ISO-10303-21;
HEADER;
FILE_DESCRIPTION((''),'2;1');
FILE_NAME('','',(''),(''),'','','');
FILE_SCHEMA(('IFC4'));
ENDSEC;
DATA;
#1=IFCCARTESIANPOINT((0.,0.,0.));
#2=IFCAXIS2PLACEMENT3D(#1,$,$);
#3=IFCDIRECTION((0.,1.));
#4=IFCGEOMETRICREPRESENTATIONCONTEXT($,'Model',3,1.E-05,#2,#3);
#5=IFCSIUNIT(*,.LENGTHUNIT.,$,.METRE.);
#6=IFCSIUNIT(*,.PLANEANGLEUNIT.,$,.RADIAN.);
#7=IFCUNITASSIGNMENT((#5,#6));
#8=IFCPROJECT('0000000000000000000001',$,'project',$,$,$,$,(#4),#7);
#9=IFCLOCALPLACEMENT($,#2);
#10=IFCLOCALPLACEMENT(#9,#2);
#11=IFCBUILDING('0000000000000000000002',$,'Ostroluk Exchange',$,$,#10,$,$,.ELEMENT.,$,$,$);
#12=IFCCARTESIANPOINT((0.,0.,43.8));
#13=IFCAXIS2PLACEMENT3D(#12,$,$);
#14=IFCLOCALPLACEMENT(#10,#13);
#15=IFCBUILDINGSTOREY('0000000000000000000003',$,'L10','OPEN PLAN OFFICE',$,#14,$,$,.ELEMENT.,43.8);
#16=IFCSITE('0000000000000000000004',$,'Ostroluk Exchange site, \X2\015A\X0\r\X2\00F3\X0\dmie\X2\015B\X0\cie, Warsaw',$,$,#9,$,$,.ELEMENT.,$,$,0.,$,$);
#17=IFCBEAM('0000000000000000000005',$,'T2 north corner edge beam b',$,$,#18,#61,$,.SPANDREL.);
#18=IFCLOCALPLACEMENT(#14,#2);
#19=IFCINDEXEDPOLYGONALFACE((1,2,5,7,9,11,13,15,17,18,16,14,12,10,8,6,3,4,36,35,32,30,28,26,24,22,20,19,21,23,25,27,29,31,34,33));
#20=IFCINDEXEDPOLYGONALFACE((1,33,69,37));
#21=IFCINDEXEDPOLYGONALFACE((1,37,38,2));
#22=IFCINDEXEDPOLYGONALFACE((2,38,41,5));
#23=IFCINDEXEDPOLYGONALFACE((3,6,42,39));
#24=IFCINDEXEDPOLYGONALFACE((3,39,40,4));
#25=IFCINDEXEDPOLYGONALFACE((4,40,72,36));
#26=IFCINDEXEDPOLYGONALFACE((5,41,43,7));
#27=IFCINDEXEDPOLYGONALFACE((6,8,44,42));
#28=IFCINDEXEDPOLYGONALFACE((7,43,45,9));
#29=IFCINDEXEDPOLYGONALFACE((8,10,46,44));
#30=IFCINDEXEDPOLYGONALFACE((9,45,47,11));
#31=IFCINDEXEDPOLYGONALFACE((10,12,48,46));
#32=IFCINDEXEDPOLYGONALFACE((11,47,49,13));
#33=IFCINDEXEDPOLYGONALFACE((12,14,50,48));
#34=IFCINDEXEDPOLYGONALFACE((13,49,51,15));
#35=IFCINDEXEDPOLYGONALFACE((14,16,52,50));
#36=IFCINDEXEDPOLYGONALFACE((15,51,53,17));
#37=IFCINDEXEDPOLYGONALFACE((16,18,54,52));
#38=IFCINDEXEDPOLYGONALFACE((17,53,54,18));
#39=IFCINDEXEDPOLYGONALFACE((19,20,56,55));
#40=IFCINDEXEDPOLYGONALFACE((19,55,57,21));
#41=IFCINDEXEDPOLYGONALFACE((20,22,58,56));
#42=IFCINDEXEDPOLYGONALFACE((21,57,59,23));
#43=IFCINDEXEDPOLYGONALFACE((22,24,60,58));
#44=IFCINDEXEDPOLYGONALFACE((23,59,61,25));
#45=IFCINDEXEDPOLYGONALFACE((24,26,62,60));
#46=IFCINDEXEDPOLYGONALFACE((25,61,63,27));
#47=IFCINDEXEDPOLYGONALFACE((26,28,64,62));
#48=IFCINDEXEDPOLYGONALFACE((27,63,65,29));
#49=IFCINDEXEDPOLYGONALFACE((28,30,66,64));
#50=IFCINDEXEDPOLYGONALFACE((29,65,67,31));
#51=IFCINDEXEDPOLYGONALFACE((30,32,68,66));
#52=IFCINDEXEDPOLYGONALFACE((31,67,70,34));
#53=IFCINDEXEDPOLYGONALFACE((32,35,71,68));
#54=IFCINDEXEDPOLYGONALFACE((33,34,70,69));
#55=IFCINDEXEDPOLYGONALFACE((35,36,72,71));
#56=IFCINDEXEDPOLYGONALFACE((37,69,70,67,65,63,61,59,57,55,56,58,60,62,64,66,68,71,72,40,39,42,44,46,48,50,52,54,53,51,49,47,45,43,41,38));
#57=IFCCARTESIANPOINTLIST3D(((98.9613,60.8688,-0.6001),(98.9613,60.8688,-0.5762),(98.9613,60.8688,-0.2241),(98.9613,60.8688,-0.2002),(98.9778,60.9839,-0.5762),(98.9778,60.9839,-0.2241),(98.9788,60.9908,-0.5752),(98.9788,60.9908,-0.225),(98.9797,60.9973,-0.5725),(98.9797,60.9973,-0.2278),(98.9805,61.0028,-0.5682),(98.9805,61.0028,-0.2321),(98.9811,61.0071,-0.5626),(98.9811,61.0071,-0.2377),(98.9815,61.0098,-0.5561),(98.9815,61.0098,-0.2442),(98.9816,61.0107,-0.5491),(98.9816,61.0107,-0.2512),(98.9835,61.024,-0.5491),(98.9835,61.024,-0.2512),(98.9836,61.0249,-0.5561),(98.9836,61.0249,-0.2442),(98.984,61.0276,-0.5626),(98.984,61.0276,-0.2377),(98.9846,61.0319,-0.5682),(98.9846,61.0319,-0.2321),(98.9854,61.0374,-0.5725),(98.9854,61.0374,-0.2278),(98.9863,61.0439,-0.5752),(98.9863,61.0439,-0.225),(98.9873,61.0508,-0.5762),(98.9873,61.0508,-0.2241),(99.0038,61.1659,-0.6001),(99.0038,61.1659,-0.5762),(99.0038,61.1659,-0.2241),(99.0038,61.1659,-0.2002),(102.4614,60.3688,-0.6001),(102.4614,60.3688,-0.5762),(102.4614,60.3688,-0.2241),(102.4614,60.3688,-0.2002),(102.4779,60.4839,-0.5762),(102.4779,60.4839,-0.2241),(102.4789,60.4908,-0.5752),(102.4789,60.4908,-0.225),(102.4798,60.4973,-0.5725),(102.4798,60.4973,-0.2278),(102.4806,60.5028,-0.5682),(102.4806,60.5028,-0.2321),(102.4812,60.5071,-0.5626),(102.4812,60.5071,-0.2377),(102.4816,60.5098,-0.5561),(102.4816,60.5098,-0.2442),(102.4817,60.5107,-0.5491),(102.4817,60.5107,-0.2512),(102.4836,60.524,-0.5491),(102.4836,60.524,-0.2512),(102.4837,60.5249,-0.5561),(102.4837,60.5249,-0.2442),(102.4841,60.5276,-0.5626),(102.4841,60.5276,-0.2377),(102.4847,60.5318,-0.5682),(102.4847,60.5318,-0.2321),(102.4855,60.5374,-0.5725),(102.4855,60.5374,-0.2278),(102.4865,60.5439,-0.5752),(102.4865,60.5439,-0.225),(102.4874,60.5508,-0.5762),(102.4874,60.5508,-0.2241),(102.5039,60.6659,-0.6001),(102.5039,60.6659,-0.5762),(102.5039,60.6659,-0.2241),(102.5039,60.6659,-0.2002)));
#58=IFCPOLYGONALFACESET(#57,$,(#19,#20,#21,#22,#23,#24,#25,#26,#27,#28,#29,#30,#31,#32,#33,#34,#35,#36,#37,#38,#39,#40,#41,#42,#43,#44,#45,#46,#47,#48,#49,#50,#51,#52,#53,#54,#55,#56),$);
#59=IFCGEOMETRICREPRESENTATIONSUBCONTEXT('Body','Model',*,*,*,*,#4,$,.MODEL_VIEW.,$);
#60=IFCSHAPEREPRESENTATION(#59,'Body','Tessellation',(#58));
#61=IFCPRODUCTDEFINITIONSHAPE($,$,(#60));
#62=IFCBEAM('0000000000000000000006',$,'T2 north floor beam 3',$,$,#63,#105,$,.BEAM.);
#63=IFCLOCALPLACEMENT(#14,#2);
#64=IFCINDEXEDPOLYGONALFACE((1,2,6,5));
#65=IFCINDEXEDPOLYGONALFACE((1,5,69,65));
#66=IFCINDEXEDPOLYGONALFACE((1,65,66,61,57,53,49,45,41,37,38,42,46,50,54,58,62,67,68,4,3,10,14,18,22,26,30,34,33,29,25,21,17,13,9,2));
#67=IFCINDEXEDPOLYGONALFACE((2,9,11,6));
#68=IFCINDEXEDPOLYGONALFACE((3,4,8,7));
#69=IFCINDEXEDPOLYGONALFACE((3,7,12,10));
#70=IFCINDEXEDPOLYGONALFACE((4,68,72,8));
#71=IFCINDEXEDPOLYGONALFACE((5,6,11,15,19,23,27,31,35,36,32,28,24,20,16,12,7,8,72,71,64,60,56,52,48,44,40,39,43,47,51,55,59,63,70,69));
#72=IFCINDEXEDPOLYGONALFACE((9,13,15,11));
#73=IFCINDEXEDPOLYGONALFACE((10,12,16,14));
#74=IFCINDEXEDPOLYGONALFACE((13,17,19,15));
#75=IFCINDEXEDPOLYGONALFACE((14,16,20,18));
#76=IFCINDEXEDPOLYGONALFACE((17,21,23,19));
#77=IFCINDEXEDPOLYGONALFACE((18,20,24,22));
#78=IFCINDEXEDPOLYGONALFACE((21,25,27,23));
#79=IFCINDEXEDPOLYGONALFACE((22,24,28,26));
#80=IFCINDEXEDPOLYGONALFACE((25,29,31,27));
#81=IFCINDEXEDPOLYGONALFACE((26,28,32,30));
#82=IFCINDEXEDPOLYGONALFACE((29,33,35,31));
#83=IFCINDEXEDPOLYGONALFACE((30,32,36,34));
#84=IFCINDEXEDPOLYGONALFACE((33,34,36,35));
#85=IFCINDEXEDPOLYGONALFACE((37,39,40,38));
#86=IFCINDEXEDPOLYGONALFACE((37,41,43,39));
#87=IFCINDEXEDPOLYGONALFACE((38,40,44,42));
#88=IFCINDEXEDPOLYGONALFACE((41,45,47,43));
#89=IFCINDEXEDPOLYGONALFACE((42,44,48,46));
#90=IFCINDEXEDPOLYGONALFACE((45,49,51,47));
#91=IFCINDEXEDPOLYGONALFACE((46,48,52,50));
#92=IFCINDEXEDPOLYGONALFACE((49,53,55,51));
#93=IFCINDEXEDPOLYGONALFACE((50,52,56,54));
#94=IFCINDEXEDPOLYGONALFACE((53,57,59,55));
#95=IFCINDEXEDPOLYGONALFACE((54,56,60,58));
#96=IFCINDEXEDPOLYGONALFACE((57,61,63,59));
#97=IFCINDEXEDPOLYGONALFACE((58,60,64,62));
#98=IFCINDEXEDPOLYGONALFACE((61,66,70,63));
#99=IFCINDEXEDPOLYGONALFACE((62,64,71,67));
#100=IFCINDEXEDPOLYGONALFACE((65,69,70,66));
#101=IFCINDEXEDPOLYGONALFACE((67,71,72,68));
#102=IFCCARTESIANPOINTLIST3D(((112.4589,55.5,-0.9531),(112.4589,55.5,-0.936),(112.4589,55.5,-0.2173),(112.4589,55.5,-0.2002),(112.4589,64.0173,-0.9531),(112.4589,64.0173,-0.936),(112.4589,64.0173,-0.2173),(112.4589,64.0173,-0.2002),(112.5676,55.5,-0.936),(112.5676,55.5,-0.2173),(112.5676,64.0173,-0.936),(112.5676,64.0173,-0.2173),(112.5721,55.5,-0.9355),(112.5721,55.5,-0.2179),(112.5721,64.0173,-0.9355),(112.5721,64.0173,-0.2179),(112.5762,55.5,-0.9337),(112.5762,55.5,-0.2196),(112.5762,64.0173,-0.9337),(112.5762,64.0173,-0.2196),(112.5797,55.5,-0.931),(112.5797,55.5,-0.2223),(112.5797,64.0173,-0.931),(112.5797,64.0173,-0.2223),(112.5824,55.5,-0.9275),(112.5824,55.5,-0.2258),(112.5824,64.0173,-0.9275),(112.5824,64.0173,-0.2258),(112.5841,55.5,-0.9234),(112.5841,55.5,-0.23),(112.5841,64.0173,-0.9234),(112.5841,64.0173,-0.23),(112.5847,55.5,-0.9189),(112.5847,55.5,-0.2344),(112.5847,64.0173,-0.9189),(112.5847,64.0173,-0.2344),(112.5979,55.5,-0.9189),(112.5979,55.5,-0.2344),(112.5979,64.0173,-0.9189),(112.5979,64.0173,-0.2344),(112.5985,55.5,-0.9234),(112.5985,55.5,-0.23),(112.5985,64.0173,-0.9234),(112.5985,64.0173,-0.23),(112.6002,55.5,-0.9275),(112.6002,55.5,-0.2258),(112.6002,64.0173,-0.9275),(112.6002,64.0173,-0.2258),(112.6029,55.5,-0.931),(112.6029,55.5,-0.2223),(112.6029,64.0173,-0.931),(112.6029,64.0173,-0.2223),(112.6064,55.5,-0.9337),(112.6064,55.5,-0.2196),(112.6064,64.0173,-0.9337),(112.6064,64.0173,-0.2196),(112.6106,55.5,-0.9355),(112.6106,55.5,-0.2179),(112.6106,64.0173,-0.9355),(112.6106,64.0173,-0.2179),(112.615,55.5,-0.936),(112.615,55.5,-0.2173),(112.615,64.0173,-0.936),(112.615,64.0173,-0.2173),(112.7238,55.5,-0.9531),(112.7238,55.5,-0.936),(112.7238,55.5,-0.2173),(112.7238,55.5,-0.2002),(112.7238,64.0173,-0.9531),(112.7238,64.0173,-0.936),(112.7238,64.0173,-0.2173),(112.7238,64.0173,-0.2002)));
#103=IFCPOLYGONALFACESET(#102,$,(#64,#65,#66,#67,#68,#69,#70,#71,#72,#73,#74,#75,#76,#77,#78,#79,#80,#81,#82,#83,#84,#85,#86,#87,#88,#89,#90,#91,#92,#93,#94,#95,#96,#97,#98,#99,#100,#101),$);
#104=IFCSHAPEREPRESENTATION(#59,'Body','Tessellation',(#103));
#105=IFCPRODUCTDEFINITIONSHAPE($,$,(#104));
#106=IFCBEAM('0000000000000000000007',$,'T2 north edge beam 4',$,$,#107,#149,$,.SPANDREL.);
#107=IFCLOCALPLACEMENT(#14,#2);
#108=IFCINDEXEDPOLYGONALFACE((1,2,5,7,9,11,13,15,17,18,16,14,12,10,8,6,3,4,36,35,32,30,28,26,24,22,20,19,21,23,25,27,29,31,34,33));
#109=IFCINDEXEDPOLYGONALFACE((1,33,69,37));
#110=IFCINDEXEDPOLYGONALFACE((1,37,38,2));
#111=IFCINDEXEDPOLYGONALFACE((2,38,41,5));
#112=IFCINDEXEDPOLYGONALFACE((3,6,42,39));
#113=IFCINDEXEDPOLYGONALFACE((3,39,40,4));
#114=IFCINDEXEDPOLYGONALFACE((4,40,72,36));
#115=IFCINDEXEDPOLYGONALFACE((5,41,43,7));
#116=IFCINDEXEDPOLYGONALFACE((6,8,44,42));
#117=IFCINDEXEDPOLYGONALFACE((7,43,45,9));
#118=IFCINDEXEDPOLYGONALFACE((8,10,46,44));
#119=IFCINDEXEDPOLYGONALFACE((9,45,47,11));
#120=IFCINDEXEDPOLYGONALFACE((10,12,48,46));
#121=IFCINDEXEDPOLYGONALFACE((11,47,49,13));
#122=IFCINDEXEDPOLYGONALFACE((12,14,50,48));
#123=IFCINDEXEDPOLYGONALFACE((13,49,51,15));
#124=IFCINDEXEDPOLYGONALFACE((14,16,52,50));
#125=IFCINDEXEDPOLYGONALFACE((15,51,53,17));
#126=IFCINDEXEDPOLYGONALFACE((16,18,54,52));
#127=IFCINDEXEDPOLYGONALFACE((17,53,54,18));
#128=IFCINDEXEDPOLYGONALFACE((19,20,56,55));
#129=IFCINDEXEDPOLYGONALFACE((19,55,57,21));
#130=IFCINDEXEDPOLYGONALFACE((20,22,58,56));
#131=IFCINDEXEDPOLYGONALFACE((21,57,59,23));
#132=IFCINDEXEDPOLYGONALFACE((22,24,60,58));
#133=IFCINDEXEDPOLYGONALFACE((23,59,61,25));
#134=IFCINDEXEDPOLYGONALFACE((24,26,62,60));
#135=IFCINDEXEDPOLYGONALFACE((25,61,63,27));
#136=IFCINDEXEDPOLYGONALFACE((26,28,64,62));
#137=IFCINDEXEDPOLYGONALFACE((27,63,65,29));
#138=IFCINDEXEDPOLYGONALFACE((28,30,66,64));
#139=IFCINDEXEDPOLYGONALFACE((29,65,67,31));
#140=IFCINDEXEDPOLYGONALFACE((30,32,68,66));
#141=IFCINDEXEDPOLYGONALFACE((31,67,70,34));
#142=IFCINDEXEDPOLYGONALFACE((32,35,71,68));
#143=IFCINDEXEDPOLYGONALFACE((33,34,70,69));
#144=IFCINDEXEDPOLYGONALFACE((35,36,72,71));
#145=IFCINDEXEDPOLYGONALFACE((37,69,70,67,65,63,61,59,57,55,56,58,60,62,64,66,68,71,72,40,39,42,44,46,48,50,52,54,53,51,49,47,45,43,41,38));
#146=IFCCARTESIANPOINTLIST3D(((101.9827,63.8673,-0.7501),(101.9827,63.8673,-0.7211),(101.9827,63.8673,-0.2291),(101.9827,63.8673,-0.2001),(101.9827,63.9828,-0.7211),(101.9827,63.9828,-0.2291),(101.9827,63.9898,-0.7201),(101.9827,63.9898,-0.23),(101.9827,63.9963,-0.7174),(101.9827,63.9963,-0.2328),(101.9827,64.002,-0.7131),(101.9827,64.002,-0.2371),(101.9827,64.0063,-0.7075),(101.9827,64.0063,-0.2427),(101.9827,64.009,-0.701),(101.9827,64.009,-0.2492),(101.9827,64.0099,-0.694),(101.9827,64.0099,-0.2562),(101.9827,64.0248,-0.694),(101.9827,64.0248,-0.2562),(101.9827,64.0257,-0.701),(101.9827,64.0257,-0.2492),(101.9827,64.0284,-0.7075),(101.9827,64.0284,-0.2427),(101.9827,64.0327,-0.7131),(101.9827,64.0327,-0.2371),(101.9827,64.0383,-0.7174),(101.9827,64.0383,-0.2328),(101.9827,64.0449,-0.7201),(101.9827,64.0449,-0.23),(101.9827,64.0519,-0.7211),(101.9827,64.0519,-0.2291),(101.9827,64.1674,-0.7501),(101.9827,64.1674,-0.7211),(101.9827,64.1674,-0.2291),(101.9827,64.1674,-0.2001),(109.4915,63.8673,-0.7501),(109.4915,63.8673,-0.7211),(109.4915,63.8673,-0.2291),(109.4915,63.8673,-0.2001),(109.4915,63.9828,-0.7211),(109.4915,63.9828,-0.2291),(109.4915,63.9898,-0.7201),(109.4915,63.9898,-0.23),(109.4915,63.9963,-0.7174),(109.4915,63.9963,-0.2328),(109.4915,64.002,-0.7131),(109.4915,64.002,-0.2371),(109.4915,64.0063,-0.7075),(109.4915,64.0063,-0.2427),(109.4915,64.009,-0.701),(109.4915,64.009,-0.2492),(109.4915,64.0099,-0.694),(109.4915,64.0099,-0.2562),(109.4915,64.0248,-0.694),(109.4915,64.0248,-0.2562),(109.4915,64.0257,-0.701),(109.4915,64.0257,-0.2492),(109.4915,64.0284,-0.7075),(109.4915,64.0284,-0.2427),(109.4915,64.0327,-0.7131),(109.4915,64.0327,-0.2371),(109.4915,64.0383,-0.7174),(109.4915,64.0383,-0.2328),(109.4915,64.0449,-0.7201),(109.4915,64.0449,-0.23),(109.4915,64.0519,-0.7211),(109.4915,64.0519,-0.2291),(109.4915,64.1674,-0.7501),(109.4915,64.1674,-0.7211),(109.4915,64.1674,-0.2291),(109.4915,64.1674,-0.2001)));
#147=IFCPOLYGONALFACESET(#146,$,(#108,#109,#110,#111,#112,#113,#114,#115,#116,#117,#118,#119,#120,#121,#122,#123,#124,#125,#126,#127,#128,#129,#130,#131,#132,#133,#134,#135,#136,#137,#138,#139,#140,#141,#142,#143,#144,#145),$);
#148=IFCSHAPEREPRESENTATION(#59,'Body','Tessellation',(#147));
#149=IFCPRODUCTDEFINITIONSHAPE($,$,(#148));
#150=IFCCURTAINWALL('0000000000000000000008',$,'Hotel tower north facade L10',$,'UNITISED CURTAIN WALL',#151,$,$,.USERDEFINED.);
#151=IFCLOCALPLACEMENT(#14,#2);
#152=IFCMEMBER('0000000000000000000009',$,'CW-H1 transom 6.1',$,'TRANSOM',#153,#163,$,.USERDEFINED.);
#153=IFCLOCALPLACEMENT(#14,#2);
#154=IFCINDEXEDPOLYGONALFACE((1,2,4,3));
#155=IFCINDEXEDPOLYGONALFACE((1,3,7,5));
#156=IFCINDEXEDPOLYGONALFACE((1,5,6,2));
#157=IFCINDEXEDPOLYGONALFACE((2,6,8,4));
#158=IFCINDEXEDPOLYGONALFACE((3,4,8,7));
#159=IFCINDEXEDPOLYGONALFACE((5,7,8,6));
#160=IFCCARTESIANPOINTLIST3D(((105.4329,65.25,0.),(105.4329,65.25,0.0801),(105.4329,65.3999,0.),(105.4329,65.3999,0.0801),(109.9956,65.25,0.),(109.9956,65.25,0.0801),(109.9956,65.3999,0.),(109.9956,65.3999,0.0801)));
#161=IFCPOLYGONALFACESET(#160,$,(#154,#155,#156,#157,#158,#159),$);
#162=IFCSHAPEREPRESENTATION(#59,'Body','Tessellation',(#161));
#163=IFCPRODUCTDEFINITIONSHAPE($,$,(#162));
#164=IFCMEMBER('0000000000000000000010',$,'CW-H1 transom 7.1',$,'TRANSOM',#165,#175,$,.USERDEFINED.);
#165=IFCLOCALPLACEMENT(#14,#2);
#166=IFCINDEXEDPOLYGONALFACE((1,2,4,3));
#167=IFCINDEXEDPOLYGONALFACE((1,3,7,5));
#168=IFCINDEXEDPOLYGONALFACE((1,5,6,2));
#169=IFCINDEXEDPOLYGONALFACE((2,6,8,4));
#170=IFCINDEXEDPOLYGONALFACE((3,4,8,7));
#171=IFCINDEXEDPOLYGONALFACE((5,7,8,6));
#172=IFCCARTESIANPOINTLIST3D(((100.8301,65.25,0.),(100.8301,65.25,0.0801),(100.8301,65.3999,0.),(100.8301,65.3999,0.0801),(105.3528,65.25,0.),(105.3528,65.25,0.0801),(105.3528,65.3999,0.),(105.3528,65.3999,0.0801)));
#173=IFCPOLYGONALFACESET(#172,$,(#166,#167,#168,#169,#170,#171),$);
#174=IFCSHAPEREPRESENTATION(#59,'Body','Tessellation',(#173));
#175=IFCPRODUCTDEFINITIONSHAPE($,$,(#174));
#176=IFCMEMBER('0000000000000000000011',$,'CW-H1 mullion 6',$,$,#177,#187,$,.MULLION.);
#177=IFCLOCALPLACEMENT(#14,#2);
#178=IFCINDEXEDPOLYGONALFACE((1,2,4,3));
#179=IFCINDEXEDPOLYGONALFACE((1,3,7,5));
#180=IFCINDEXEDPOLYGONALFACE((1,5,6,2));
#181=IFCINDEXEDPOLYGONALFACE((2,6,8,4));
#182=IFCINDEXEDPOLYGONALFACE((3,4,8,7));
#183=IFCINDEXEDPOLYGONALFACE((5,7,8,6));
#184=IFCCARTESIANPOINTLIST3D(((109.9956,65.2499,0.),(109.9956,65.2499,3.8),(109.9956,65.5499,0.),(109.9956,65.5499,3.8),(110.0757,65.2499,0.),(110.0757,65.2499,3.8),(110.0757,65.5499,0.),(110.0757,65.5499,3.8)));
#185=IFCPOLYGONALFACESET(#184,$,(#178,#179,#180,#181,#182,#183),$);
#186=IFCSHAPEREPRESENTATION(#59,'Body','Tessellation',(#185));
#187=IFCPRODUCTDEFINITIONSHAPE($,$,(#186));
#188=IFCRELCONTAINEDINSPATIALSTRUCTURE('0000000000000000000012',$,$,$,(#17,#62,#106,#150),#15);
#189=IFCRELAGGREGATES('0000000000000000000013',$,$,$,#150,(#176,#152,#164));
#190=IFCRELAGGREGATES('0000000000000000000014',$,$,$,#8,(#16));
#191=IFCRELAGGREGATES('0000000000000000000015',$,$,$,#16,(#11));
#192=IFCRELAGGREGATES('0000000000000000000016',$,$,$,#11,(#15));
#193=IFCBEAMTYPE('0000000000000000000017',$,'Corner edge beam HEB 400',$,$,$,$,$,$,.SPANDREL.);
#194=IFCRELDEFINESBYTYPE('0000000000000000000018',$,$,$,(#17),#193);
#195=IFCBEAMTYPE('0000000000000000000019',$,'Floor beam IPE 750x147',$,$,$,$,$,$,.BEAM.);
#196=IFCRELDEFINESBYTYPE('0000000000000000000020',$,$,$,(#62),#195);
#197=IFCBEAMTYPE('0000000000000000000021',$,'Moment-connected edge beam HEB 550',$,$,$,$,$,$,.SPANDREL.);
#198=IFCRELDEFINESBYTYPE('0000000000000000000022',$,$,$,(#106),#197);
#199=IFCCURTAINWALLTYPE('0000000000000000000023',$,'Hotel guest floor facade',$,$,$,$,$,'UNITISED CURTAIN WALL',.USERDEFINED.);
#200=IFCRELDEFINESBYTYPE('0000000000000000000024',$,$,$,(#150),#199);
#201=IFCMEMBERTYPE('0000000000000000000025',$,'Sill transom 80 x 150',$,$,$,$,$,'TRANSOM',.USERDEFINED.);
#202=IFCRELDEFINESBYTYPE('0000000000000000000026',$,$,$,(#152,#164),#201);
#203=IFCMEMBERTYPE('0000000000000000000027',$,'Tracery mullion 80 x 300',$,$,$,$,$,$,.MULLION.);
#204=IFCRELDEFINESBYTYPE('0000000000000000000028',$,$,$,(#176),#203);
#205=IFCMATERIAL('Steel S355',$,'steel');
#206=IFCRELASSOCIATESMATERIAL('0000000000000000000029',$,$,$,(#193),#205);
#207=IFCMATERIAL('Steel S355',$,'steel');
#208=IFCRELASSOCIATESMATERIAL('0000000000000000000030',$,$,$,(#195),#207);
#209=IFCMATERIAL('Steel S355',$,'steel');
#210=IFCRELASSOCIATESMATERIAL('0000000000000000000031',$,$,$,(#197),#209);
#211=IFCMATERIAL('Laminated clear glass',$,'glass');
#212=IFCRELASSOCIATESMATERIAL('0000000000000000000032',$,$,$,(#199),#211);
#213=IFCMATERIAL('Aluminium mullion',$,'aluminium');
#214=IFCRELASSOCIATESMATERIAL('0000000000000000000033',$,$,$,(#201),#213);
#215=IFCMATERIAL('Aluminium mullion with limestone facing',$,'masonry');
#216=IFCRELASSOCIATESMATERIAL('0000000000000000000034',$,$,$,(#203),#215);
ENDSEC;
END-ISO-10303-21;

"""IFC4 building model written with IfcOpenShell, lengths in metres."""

from ifc_helpers import new_model, si_unit, direction, frame, origin, origin_2d, place, context, subcontext, project, spatial, rectangle, i_section, extrude, material, material_profile, profile_set, type_object, element, aggregate, save


model = new_model("IFC4")

# Units and contexts
model_context = context("Model", 3, precision=1e-05, world=origin(), true_north=direction((0.0, 1.0)))
body_context = subcontext(model_context, "Body", "Model", "MODEL_VIEW")
ifc_project = project(units=[si_unit("LENGTHUNIT", "METRE"), si_unit("PLANEANGLEUNIT", "RADIAN")], contexts=[model_context])

# Site, building, storey
site_placement = place(None, origin())
site = spatial("IfcSite", under=ifc_project, at=site_placement, Name="Ostroluk Exchange site, Śródmieście, Warsaw", CompositionType="ELEMENT", RefElevation=0.0)
building_placement = place(site_placement, origin())
building = spatial("IfcBuilding", under=site, at=building_placement, Name="Ostroluk Exchange", CompositionType="ELEMENT")
storey_placement = place(building_placement, frame((0.0, 0.0, 43.8)))
storey = spatial("IfcBuildingStorey", under=building, at=storey_placement, Name="L10", Description="OPEN PLAN OFFICE", CompositionType="ELEMENT", Elevation=43.8)

# Beams
ifc_material_1 = material(Name="Steel S355", Category="steel")
ifc_material_profile_1 = material_profile(ifc_material_1, i_section(OverallWidth=0.3, OverallDepth=0.3999, WebThickness=0.0134, FlangeThickness=0.0239, FilletRadius=0.0271, at=origin_2d()), Name="HEB 400")
ifc_profile_set_1 = profile_set([ifc_material_profile_1], Name="Steel S355")
beam_type_1 = type_object("IfcBeamType", Name="Corner edge beam HEB 400", PredefinedType="SPANDREL", material=ifc_profile_set_1)
for number, where, z_axis, x_axis, name in (
    (1, (102.4827, 60.5173, -0.4001), (-0.989949, 0.141421, 0.0), (-0.141421, -0.989949, 0.0), "T2 north corner edge beam b"),
):
    element("IfcBeam", number, at=place(storey_placement, frame(where, z_axis=z_axis, x_axis=x_axis)), inside=storey, type_object=beam_type_1, Name=name, PredefinedType="SPANDREL", context=body_context, shape_type="SweptSolid", body=[
        extrude(i_section(OverallWidth=0.3, OverallDepth=0.3999, WebThickness=0.0134, FlangeThickness=0.0239, FilletRadius=0.0271, at=origin_2d()), origin(), (0.0, 0.0, 1.0), 3.5356),
    ])
ifc_material_2 = material(Name="Steel S355", Category="steel")
ifc_material_profile_2 = material_profile(ifc_material_2, i_section(OverallWidth=0.2649, OverallDepth=0.7529, WebThickness=0.0132, FlangeThickness=0.0171, FilletRadius=0.0171, at=origin_2d()), Name="IPE 750x147")
ifc_profile_set_2 = profile_set([ifc_material_profile_2], Name="Steel S355")
beam_type_2 = type_object("IfcBeamType", Name="Floor beam IPE 750x147", PredefinedType="BEAM", material=ifc_profile_set_2)
beam_1_placement = place(storey_placement, frame((112.5913, 55.5, -0.5767), z_axis=(0.0, 1.0, 0.0), x_axis=(-1.0, 0.0, 0.0)))
element("IfcBeam", 2, at=beam_1_placement, inside=storey, type_object=beam_type_2, Name="T2 north floor beam 3", PredefinedType="BEAM", context=body_context, shape_type="SweptSolid", body=[
    extrude(i_section(OverallWidth=0.2649, OverallDepth=0.7529, WebThickness=0.0132, FlangeThickness=0.0171, FilletRadius=0.0171, at=origin_2d()), origin(), (0.0, 0.0, 1.0), 8.5173),
])
ifc_material_3 = material(Name="Steel S355", Category="steel")
ifc_material_profile_3 = material_profile(ifc_material_3, i_section(OverallWidth=0.3, OverallDepth=0.55, WebThickness=0.0149, FlangeThickness=0.0291, FilletRadius=0.0271, at=origin_2d()), Name="HEB 550")
ifc_profile_set_3 = profile_set([ifc_material_profile_3], Name="Steel S355")
beam_type_3 = type_object("IfcBeamType", Name="Moment-connected edge beam HEB 550", PredefinedType="SPANDREL", material=ifc_profile_set_3)
beam_2_placement = place(storey_placement, frame((109.4915, 64.0173, -0.4751), z_axis=(-1.0, 0.0, 0.0), x_axis=(0.0, -1.0, 0.0)))
element("IfcBeam", 3, at=beam_2_placement, inside=storey, type_object=beam_type_3, Name="T2 north edge beam 4", PredefinedType="SPANDREL", context=body_context, shape_type="SweptSolid", body=[
    extrude(i_section(OverallWidth=0.3, OverallDepth=0.55, WebThickness=0.0149, FlangeThickness=0.0291, FilletRadius=0.0271, at=origin_2d()), origin(), (0.0, 0.0, 1.0), 7.5088),
])

# Curtain wall, members
ifc_material_4 = material(Name="Laminated clear glass", Category="glass")
curtain_wall_type = type_object("IfcCurtainWallType", Name="Hotel guest floor facade", ElementType="UNITISED CURTAIN WALL", PredefinedType="USERDEFINED", material=ifc_material_4)
curtain_wall_placement = place(storey_placement, origin())
curtain_wall = element("IfcCurtainWall", 4, at=curtain_wall_placement, inside=storey, type_object=curtain_wall_type, Name="Hotel tower north facade L10", ObjectType="UNITISED CURTAIN WALL", PredefinedType="USERDEFINED")
ifc_material_5 = material(Name="Aluminium mullion", Category="aluminium")
ifc_material_profile_4 = material_profile(ifc_material_5, rectangle(XDim=0.1499, YDim=0.0801, at=origin_2d()), Name="Sill transom 80 x 150")
ifc_profile_set_4 = profile_set([ifc_material_profile_4], Name="Aluminium mullion")
member_type_1 = type_object("IfcMemberType", Name="Sill transom 80 x 150", ElementType="TRANSOM", PredefinedType="USERDEFINED", material=ifc_profile_set_4)
member_1_placement = place(storey_placement, frame((109.9956, 65.325, 0.04), z_axis=(-1.0, 0.0, 0.0), x_axis=(0.0, -1.0, 0.0)))
member_1 = element("IfcMember", 5, at=member_1_placement, type_object=member_type_1, Name="CW-H1 transom 6.1", ObjectType="TRANSOM", PredefinedType="USERDEFINED", context=body_context, shape_type="SweptSolid", body=[
    extrude(rectangle(XDim=0.1499, YDim=0.0801, at=origin_2d()), origin(), (0.0, 0.0, 1.0), 4.5627),
])
member_2_placement = place(storey_placement, frame((105.3528, 65.325, 0.04), z_axis=(-1.0, 0.0, 0.0), x_axis=(0.0, -1.0, 0.0)))
member_2 = element("IfcMember", 6, at=member_2_placement, type_object=member_type_1, Name="CW-H1 transom 7.1", ObjectType="TRANSOM", PredefinedType="USERDEFINED", context=body_context, shape_type="SweptSolid", body=[
    extrude(rectangle(XDim=0.1499, YDim=0.0801, at=origin_2d()), origin(), (0.0, 0.0, 1.0), 4.5227),
])
ifc_material_6 = material(Name="Aluminium mullion with limestone facing", Category="masonry")
ifc_material_profile_5 = material_profile(ifc_material_6, rectangle(XDim=0.3, YDim=0.0801, at=origin_2d()), Name="Tracery mullion 80 x 300")
ifc_profile_set_5 = profile_set([ifc_material_profile_5], Name="Aluminium mullion with limestone facing")
member_type_2 = type_object("IfcMemberType", Name="Tracery mullion 80 x 300", PredefinedType="MULLION", material=ifc_profile_set_5)
member_3_placement = place(storey_placement, frame((110.0356, 65.3999, 0.0), z_axis=(0.0, 0.0, 1.0), x_axis=(0.0, -1.0, 0.0)))
member_3 = element("IfcMember", 7, at=member_3_placement, type_object=member_type_2, Name="CW-H1 mullion 6", PredefinedType="MULLION", context=body_context, shape_type="SweptSolid", body=[
    extrude(rectangle(XDim=0.3, YDim=0.0801, at=origin_2d()), origin(), (0.0, 0.0, 1.0), 3.8),
])
aggregate(curtain_wall, [member_3, member_1, member_2])

save(model, "model.ifc")
